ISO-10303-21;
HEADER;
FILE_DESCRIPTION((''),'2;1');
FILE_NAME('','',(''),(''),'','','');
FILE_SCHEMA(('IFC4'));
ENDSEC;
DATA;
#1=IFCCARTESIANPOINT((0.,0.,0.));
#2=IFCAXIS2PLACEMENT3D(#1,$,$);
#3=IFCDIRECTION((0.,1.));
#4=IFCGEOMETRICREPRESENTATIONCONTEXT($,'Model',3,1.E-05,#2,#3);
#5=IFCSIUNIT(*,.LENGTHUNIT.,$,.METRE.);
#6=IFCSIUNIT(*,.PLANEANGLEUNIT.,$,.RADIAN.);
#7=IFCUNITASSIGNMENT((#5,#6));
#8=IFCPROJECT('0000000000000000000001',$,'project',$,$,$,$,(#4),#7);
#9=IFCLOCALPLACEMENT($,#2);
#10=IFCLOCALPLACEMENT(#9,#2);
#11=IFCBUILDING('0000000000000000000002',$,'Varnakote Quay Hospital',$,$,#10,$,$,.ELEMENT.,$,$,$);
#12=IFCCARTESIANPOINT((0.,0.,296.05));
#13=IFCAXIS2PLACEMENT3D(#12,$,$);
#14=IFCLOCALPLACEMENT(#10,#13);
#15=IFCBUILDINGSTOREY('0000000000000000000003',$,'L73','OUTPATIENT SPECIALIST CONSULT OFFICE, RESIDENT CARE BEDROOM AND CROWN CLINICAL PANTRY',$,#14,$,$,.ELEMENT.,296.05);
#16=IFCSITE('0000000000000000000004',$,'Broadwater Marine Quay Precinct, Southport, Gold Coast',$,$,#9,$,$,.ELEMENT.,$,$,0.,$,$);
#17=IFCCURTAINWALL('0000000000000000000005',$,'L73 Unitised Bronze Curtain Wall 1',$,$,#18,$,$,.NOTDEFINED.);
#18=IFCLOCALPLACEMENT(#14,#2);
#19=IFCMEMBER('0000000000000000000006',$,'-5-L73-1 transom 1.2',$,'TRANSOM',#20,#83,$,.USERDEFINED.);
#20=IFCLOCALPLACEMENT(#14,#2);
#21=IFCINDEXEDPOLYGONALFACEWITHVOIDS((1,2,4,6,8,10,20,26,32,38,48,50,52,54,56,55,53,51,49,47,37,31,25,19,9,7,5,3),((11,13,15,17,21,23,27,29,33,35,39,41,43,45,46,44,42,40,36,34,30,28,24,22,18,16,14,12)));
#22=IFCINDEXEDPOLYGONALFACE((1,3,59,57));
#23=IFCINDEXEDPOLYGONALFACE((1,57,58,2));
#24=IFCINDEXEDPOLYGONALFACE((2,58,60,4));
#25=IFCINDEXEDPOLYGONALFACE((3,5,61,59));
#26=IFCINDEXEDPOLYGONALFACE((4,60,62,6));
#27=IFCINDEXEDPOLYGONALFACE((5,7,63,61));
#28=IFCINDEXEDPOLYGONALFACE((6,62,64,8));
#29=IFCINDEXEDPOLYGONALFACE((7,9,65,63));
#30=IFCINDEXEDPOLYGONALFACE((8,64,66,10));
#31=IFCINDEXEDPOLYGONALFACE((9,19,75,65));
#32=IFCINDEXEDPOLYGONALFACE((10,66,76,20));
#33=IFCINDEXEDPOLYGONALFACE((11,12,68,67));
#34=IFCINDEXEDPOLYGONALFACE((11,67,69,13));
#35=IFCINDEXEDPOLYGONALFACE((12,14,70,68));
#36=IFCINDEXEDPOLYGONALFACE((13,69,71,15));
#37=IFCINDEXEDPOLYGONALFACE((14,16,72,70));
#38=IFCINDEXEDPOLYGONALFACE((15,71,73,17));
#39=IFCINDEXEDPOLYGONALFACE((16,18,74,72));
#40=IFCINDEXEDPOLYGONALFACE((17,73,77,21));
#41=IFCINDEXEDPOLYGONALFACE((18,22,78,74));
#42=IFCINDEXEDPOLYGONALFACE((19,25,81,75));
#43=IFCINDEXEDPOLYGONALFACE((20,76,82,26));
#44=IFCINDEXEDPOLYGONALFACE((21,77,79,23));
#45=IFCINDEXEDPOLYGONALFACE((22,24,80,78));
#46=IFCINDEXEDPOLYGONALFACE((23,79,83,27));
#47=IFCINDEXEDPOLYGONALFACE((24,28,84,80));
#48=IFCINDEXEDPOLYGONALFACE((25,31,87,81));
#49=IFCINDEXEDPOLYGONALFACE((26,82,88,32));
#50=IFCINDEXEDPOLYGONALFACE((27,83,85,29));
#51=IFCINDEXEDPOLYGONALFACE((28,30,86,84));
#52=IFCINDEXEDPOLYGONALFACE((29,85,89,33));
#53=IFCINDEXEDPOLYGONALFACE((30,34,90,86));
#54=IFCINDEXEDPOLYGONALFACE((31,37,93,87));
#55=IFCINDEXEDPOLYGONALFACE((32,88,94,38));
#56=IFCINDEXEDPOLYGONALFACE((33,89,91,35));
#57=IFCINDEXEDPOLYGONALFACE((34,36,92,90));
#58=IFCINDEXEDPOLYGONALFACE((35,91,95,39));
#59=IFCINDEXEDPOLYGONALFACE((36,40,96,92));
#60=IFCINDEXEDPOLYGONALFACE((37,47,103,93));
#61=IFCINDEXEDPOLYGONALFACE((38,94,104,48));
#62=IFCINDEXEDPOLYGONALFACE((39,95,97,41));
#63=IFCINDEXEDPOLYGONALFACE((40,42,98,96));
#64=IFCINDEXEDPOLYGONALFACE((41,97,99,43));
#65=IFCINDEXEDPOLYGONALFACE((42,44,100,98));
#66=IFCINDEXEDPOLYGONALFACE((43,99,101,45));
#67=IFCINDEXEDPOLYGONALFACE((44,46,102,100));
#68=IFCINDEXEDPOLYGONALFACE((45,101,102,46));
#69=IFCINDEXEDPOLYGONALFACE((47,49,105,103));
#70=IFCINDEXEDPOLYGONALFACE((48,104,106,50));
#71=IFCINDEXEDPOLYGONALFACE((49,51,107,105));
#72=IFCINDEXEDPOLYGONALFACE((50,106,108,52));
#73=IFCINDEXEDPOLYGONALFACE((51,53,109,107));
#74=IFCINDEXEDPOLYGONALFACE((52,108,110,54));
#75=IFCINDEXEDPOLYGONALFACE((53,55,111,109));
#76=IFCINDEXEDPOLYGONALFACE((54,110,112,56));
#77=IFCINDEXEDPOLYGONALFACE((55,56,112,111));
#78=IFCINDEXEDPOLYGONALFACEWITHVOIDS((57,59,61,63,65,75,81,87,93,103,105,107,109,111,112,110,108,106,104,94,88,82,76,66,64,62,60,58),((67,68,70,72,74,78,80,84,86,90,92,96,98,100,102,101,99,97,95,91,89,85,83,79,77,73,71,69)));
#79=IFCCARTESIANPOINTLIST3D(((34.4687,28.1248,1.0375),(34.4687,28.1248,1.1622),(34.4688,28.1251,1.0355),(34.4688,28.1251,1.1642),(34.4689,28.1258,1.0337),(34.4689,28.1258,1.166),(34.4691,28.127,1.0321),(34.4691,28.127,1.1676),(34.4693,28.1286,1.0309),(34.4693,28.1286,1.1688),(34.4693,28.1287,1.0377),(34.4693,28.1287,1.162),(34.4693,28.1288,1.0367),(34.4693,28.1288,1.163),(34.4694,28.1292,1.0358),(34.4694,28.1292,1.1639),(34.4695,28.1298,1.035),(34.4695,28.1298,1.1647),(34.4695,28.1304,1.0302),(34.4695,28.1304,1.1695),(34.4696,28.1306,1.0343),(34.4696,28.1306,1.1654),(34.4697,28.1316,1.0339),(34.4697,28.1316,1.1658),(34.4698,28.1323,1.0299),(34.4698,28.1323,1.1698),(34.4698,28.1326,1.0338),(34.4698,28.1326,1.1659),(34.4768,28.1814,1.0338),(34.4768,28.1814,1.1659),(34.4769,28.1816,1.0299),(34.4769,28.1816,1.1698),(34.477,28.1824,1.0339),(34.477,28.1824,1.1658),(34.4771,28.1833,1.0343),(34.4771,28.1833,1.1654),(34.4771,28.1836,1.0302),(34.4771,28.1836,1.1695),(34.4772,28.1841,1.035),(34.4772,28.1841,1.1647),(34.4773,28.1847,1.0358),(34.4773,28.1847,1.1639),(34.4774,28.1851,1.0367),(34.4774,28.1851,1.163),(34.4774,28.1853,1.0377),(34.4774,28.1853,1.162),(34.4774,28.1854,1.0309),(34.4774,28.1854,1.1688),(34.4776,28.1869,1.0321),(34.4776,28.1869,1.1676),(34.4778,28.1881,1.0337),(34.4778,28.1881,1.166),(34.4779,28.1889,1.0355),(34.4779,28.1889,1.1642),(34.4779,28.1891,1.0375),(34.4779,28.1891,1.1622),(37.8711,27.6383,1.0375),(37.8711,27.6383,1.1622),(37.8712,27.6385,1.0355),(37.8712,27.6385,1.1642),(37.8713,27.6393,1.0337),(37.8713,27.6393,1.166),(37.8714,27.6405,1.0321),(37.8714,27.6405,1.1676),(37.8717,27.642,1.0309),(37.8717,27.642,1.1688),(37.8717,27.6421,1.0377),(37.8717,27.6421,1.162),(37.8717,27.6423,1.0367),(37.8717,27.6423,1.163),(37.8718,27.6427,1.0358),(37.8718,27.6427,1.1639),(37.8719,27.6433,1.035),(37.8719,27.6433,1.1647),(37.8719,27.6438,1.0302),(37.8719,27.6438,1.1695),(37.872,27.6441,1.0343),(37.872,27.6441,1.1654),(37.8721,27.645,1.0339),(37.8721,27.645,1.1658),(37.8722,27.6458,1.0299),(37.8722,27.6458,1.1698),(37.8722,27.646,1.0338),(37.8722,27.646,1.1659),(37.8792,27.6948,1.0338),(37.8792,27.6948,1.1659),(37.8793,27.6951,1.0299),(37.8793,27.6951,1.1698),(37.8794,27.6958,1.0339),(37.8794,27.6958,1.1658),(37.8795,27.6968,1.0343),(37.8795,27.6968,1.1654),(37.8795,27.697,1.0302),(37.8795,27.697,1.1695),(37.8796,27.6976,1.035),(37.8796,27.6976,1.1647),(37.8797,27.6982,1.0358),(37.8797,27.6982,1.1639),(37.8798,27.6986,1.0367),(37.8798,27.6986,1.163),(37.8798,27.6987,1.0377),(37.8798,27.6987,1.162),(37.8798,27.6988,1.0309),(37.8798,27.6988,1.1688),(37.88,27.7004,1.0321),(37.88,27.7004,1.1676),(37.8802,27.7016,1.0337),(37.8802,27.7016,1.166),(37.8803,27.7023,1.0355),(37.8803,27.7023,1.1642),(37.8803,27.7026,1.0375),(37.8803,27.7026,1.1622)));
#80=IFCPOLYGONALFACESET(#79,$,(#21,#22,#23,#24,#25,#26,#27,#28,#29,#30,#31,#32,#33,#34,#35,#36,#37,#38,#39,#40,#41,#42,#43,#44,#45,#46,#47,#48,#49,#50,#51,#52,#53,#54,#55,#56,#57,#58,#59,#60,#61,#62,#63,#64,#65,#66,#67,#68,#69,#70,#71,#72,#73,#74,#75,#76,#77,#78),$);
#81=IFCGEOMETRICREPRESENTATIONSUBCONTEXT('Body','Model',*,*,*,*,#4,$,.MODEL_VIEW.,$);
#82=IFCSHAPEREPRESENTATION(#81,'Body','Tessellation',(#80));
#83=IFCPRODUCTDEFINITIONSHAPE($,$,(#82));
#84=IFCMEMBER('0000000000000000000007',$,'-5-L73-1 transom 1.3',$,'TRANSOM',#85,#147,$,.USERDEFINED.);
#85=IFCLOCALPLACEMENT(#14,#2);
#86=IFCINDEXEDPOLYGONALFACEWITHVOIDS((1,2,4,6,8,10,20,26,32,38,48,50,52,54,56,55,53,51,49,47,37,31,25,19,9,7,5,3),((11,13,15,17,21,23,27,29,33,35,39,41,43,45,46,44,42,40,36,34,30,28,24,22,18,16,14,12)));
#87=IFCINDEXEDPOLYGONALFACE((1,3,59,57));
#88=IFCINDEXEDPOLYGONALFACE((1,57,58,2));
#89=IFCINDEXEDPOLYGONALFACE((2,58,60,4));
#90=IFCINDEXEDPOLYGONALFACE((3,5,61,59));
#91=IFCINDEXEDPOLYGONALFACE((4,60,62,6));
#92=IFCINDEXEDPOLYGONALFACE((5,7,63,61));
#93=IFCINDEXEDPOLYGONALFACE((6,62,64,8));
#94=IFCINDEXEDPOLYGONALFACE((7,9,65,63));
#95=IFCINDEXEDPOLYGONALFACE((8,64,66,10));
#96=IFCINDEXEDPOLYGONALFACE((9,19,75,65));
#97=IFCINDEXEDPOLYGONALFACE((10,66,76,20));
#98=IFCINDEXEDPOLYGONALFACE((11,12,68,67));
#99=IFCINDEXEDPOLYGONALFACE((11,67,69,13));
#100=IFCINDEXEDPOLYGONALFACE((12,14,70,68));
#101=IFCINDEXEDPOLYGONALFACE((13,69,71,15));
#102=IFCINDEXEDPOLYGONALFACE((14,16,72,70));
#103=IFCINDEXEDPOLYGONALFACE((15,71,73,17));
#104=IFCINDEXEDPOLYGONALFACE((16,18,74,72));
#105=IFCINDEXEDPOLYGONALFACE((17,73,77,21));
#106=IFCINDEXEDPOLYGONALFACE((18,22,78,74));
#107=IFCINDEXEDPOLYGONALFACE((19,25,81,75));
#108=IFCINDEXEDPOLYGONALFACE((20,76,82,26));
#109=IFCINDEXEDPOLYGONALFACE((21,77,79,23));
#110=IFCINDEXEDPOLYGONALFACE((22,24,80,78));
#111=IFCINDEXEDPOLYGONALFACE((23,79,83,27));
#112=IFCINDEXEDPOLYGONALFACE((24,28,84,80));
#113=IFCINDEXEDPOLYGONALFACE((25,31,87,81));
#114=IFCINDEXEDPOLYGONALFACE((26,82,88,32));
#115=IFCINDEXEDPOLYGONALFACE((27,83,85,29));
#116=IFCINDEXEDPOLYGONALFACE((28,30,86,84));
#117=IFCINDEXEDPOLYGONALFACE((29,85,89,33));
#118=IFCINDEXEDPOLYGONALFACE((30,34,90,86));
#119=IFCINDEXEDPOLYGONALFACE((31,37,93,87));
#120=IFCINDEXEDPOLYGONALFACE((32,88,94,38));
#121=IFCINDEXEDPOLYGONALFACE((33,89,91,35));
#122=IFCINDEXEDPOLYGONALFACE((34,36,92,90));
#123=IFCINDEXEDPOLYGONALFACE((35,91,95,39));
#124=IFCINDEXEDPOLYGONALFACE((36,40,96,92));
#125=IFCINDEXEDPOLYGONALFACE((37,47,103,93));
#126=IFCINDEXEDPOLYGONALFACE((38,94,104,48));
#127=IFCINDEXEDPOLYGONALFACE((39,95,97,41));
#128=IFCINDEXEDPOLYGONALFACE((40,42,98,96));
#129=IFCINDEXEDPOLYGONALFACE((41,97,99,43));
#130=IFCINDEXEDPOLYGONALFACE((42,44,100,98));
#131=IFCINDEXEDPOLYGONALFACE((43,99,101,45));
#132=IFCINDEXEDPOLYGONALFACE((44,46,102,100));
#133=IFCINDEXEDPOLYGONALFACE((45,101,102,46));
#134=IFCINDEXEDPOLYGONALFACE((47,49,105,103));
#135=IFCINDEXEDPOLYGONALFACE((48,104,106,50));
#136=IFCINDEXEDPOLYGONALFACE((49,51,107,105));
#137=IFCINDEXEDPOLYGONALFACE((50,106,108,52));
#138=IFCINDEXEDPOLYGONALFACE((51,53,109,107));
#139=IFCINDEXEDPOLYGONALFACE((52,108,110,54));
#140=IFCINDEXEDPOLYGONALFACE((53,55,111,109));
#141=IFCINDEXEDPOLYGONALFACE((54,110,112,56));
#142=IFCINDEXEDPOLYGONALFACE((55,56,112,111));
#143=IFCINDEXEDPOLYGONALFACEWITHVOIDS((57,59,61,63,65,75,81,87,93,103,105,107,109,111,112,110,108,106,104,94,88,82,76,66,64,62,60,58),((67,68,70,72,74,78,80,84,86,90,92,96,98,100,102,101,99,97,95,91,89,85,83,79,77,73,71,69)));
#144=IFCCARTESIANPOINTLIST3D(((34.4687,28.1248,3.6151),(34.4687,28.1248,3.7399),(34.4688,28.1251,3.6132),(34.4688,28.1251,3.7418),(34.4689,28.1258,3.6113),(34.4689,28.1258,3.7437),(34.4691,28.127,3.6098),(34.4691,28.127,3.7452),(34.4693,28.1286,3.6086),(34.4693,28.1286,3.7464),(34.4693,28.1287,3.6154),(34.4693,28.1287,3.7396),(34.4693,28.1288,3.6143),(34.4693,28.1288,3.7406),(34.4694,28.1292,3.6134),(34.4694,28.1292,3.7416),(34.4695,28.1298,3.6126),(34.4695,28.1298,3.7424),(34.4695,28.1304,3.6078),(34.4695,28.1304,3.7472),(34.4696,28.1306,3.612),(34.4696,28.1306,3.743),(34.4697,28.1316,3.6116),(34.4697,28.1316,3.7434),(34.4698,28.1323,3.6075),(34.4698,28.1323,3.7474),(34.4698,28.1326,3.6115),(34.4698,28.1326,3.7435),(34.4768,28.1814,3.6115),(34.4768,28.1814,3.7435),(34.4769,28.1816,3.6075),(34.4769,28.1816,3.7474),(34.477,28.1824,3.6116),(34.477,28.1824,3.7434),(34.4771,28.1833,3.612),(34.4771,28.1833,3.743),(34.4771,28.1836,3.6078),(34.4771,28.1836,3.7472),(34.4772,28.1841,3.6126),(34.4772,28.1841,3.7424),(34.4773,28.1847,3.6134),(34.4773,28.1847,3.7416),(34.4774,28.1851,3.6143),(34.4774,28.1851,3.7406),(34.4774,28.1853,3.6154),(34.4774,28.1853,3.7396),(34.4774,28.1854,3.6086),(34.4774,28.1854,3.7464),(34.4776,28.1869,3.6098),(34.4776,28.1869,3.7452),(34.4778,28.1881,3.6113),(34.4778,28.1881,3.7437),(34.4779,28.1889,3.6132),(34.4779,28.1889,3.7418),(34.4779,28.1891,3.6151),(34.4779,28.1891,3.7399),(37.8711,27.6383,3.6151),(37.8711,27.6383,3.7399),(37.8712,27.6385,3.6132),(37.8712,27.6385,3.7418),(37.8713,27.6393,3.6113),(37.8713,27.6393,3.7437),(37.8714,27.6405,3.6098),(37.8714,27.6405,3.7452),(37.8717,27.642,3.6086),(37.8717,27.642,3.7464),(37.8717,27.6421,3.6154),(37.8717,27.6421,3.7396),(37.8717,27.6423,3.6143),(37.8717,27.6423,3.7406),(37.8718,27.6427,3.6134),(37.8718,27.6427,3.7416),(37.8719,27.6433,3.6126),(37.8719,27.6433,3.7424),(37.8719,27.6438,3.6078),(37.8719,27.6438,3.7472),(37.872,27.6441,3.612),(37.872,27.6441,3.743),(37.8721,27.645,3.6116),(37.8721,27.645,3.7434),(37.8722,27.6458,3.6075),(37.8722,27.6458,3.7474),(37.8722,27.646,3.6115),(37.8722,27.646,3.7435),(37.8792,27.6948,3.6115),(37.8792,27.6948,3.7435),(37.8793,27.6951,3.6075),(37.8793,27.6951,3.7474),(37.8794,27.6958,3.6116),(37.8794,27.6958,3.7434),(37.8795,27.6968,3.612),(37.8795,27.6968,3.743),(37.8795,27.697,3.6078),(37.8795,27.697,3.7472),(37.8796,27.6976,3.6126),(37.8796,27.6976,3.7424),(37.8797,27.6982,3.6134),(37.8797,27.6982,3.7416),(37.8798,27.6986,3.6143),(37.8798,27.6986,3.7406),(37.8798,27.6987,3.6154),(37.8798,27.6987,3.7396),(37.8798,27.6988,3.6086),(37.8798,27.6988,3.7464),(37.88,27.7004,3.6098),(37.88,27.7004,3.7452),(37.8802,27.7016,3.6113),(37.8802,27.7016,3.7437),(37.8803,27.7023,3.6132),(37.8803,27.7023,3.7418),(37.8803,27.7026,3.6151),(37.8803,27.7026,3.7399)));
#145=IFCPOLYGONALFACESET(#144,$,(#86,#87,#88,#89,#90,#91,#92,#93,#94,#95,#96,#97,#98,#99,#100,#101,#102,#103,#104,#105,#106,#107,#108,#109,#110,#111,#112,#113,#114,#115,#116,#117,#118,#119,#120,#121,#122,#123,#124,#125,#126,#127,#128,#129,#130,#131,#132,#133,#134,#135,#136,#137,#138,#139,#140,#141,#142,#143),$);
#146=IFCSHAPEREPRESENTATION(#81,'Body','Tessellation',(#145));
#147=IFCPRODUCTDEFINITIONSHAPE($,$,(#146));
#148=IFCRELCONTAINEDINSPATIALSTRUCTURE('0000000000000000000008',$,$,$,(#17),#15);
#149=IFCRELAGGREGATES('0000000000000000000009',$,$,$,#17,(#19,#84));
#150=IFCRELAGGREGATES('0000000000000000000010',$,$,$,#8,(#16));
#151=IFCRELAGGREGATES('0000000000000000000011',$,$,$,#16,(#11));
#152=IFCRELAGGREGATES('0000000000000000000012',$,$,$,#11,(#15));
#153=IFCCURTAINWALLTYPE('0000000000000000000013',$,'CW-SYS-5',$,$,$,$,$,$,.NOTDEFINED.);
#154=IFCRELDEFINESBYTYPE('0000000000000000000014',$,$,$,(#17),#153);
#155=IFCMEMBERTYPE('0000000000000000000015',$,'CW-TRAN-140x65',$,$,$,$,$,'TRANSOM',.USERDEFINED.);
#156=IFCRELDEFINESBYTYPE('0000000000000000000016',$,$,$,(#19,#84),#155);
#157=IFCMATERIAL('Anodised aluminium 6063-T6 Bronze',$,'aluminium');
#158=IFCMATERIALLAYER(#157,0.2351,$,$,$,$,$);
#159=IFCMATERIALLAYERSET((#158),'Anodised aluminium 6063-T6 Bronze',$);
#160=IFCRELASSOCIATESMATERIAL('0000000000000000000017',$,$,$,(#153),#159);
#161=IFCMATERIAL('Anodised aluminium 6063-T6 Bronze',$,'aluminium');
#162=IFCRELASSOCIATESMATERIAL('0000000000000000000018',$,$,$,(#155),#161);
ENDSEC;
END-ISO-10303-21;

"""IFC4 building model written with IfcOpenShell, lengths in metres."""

from ifc_helpers import new_model, si_unit, direction, frame, origin, origin_2d, place, context, subcontext, project, spatial, hollow_rectangle, extrude, material, layer, layer_set, material_profile, profile_set, type_object, element, aggregate, save


model = new_model("IFC4")

# Units and contexts
model_context = context("Model", 3, precision=1e-05, world=origin(), true_north=direction((0.0, 1.0)))
body_context = subcontext(model_context, "Body", "Model", "MODEL_VIEW")
ifc_project = project(units=[si_unit("LENGTHUNIT", "METRE"), si_unit("PLANEANGLEUNIT", "RADIAN")], contexts=[model_context])

# Site, building, storey
site_placement = place(None, origin())
site = spatial("IfcSite", under=ifc_project, at=site_placement, Name="Broadwater Marine Quay Precinct, Southport, Gold Coast", CompositionType="ELEMENT", RefElevation=0.0)
building_placement = place(site_placement, origin())
building = spatial("IfcBuilding", under=site, at=building_placement, Name="Varnakote Quay Hospital", CompositionType="ELEMENT")
storey_placement = place(building_placement, frame((0.0, 0.0, 296.05)))
storey = spatial("IfcBuildingStorey", under=building, at=storey_placement, Name="L73", Description="OUTPATIENT SPECIALIST CONSULT OFFICE, RESIDENT CARE BEDROOM AND CROWN CLINICAL PANTRY", CompositionType="ELEMENT", Elevation=296.05)

# Curtain wall, members
ifc_material_1 = material(Name="Anodised aluminium 6063-T6 Bronze", Category="aluminium")
ifc_layer_1 = layer(ifc_material_1, 0.2351)
ifc_layer_set_1 = layer_set([ifc_layer_1], Name="Anodised aluminium 6063-T6 Bronze")
curtain_wall_type = type_object("IfcCurtainWallType", Name="CW-SYS-5", PredefinedType="NOTDEFINED", material=ifc_layer_set_1)
curtain_wall_placement = place(storey_placement, origin())
curtain_wall = element("IfcCurtainWall", 1, at=curtain_wall_placement, inside=storey, type_object=curtain_wall_type, Name="L73 Unitised Bronze Curtain Wall 1", PredefinedType="NOTDEFINED")
ifc_material_2 = material(Name="Anodised aluminium 6063-T6 Bronze", Category="aluminium")
ifc_material_profile_1 = material_profile(ifc_material_2, hollow_rectangle(XDim=0.0649, YDim=0.1399, WallThickness=0.0039, InnerFilletRadius=0.0039, OuterFilletRadius=0.0076, at=origin_2d()), Name="CW-TRAN-140x65")
ifc_profile_set_1 = profile_set([ifc_material_profile_1], Name="Anodised aluminium 6063-T6 Bronze")
member_type_1 = type_object("IfcMemberType", Name="CW-TRAN-140x65", ElementType="TRANSOM", PredefinedType="USERDEFINED", material=ifc_profile_set_1)
member_1_placement = place(storey_placement, frame((37.8757, 27.6704, 1.0999), z_axis=(-0.989928, 0.141571, 0.0), x_axis=(-0.141571, -0.989928, 0.0)))
member_1 = element("IfcMember", 2, at=member_1_placement, type_object=member_type_1, Name="-5-L73-1 transom 1.2", ObjectType="TRANSOM", PredefinedType="USERDEFINED", context=body_context, shape_type="SweptSolid", body=[
    extrude(hollow_rectangle(XDim=0.0649, YDim=0.1399, WallThickness=0.0039, InnerFilletRadius=0.0039, OuterFilletRadius=0.0076, at=origin_2d()), origin(), (0.0, 0.0, 1.0), 3.437),
])
member_2_placement = place(storey_placement, frame((37.8757, 27.6704, 3.6775), z_axis=(-0.989928, 0.141571, 0.0), x_axis=(-0.141571, -0.989928, 0.0)))
member_2 = element("IfcMember", 3, at=member_2_placement, type_object=member_type_1, Name="-5-L73-1 transom 1.3", ObjectType="TRANSOM", PredefinedType="USERDEFINED", context=body_context, shape_type="SweptSolid", body=[
    extrude(hollow_rectangle(XDim=0.0649, YDim=0.1399, WallThickness=0.0039, InnerFilletRadius=0.0039, OuterFilletRadius=0.0076, at=origin_2d()), origin(), (0.0, 0.0, 1.0), 3.437),
])
aggregate(curtain_wall, [member_1, member_2])

save(model, "model.ifc")
